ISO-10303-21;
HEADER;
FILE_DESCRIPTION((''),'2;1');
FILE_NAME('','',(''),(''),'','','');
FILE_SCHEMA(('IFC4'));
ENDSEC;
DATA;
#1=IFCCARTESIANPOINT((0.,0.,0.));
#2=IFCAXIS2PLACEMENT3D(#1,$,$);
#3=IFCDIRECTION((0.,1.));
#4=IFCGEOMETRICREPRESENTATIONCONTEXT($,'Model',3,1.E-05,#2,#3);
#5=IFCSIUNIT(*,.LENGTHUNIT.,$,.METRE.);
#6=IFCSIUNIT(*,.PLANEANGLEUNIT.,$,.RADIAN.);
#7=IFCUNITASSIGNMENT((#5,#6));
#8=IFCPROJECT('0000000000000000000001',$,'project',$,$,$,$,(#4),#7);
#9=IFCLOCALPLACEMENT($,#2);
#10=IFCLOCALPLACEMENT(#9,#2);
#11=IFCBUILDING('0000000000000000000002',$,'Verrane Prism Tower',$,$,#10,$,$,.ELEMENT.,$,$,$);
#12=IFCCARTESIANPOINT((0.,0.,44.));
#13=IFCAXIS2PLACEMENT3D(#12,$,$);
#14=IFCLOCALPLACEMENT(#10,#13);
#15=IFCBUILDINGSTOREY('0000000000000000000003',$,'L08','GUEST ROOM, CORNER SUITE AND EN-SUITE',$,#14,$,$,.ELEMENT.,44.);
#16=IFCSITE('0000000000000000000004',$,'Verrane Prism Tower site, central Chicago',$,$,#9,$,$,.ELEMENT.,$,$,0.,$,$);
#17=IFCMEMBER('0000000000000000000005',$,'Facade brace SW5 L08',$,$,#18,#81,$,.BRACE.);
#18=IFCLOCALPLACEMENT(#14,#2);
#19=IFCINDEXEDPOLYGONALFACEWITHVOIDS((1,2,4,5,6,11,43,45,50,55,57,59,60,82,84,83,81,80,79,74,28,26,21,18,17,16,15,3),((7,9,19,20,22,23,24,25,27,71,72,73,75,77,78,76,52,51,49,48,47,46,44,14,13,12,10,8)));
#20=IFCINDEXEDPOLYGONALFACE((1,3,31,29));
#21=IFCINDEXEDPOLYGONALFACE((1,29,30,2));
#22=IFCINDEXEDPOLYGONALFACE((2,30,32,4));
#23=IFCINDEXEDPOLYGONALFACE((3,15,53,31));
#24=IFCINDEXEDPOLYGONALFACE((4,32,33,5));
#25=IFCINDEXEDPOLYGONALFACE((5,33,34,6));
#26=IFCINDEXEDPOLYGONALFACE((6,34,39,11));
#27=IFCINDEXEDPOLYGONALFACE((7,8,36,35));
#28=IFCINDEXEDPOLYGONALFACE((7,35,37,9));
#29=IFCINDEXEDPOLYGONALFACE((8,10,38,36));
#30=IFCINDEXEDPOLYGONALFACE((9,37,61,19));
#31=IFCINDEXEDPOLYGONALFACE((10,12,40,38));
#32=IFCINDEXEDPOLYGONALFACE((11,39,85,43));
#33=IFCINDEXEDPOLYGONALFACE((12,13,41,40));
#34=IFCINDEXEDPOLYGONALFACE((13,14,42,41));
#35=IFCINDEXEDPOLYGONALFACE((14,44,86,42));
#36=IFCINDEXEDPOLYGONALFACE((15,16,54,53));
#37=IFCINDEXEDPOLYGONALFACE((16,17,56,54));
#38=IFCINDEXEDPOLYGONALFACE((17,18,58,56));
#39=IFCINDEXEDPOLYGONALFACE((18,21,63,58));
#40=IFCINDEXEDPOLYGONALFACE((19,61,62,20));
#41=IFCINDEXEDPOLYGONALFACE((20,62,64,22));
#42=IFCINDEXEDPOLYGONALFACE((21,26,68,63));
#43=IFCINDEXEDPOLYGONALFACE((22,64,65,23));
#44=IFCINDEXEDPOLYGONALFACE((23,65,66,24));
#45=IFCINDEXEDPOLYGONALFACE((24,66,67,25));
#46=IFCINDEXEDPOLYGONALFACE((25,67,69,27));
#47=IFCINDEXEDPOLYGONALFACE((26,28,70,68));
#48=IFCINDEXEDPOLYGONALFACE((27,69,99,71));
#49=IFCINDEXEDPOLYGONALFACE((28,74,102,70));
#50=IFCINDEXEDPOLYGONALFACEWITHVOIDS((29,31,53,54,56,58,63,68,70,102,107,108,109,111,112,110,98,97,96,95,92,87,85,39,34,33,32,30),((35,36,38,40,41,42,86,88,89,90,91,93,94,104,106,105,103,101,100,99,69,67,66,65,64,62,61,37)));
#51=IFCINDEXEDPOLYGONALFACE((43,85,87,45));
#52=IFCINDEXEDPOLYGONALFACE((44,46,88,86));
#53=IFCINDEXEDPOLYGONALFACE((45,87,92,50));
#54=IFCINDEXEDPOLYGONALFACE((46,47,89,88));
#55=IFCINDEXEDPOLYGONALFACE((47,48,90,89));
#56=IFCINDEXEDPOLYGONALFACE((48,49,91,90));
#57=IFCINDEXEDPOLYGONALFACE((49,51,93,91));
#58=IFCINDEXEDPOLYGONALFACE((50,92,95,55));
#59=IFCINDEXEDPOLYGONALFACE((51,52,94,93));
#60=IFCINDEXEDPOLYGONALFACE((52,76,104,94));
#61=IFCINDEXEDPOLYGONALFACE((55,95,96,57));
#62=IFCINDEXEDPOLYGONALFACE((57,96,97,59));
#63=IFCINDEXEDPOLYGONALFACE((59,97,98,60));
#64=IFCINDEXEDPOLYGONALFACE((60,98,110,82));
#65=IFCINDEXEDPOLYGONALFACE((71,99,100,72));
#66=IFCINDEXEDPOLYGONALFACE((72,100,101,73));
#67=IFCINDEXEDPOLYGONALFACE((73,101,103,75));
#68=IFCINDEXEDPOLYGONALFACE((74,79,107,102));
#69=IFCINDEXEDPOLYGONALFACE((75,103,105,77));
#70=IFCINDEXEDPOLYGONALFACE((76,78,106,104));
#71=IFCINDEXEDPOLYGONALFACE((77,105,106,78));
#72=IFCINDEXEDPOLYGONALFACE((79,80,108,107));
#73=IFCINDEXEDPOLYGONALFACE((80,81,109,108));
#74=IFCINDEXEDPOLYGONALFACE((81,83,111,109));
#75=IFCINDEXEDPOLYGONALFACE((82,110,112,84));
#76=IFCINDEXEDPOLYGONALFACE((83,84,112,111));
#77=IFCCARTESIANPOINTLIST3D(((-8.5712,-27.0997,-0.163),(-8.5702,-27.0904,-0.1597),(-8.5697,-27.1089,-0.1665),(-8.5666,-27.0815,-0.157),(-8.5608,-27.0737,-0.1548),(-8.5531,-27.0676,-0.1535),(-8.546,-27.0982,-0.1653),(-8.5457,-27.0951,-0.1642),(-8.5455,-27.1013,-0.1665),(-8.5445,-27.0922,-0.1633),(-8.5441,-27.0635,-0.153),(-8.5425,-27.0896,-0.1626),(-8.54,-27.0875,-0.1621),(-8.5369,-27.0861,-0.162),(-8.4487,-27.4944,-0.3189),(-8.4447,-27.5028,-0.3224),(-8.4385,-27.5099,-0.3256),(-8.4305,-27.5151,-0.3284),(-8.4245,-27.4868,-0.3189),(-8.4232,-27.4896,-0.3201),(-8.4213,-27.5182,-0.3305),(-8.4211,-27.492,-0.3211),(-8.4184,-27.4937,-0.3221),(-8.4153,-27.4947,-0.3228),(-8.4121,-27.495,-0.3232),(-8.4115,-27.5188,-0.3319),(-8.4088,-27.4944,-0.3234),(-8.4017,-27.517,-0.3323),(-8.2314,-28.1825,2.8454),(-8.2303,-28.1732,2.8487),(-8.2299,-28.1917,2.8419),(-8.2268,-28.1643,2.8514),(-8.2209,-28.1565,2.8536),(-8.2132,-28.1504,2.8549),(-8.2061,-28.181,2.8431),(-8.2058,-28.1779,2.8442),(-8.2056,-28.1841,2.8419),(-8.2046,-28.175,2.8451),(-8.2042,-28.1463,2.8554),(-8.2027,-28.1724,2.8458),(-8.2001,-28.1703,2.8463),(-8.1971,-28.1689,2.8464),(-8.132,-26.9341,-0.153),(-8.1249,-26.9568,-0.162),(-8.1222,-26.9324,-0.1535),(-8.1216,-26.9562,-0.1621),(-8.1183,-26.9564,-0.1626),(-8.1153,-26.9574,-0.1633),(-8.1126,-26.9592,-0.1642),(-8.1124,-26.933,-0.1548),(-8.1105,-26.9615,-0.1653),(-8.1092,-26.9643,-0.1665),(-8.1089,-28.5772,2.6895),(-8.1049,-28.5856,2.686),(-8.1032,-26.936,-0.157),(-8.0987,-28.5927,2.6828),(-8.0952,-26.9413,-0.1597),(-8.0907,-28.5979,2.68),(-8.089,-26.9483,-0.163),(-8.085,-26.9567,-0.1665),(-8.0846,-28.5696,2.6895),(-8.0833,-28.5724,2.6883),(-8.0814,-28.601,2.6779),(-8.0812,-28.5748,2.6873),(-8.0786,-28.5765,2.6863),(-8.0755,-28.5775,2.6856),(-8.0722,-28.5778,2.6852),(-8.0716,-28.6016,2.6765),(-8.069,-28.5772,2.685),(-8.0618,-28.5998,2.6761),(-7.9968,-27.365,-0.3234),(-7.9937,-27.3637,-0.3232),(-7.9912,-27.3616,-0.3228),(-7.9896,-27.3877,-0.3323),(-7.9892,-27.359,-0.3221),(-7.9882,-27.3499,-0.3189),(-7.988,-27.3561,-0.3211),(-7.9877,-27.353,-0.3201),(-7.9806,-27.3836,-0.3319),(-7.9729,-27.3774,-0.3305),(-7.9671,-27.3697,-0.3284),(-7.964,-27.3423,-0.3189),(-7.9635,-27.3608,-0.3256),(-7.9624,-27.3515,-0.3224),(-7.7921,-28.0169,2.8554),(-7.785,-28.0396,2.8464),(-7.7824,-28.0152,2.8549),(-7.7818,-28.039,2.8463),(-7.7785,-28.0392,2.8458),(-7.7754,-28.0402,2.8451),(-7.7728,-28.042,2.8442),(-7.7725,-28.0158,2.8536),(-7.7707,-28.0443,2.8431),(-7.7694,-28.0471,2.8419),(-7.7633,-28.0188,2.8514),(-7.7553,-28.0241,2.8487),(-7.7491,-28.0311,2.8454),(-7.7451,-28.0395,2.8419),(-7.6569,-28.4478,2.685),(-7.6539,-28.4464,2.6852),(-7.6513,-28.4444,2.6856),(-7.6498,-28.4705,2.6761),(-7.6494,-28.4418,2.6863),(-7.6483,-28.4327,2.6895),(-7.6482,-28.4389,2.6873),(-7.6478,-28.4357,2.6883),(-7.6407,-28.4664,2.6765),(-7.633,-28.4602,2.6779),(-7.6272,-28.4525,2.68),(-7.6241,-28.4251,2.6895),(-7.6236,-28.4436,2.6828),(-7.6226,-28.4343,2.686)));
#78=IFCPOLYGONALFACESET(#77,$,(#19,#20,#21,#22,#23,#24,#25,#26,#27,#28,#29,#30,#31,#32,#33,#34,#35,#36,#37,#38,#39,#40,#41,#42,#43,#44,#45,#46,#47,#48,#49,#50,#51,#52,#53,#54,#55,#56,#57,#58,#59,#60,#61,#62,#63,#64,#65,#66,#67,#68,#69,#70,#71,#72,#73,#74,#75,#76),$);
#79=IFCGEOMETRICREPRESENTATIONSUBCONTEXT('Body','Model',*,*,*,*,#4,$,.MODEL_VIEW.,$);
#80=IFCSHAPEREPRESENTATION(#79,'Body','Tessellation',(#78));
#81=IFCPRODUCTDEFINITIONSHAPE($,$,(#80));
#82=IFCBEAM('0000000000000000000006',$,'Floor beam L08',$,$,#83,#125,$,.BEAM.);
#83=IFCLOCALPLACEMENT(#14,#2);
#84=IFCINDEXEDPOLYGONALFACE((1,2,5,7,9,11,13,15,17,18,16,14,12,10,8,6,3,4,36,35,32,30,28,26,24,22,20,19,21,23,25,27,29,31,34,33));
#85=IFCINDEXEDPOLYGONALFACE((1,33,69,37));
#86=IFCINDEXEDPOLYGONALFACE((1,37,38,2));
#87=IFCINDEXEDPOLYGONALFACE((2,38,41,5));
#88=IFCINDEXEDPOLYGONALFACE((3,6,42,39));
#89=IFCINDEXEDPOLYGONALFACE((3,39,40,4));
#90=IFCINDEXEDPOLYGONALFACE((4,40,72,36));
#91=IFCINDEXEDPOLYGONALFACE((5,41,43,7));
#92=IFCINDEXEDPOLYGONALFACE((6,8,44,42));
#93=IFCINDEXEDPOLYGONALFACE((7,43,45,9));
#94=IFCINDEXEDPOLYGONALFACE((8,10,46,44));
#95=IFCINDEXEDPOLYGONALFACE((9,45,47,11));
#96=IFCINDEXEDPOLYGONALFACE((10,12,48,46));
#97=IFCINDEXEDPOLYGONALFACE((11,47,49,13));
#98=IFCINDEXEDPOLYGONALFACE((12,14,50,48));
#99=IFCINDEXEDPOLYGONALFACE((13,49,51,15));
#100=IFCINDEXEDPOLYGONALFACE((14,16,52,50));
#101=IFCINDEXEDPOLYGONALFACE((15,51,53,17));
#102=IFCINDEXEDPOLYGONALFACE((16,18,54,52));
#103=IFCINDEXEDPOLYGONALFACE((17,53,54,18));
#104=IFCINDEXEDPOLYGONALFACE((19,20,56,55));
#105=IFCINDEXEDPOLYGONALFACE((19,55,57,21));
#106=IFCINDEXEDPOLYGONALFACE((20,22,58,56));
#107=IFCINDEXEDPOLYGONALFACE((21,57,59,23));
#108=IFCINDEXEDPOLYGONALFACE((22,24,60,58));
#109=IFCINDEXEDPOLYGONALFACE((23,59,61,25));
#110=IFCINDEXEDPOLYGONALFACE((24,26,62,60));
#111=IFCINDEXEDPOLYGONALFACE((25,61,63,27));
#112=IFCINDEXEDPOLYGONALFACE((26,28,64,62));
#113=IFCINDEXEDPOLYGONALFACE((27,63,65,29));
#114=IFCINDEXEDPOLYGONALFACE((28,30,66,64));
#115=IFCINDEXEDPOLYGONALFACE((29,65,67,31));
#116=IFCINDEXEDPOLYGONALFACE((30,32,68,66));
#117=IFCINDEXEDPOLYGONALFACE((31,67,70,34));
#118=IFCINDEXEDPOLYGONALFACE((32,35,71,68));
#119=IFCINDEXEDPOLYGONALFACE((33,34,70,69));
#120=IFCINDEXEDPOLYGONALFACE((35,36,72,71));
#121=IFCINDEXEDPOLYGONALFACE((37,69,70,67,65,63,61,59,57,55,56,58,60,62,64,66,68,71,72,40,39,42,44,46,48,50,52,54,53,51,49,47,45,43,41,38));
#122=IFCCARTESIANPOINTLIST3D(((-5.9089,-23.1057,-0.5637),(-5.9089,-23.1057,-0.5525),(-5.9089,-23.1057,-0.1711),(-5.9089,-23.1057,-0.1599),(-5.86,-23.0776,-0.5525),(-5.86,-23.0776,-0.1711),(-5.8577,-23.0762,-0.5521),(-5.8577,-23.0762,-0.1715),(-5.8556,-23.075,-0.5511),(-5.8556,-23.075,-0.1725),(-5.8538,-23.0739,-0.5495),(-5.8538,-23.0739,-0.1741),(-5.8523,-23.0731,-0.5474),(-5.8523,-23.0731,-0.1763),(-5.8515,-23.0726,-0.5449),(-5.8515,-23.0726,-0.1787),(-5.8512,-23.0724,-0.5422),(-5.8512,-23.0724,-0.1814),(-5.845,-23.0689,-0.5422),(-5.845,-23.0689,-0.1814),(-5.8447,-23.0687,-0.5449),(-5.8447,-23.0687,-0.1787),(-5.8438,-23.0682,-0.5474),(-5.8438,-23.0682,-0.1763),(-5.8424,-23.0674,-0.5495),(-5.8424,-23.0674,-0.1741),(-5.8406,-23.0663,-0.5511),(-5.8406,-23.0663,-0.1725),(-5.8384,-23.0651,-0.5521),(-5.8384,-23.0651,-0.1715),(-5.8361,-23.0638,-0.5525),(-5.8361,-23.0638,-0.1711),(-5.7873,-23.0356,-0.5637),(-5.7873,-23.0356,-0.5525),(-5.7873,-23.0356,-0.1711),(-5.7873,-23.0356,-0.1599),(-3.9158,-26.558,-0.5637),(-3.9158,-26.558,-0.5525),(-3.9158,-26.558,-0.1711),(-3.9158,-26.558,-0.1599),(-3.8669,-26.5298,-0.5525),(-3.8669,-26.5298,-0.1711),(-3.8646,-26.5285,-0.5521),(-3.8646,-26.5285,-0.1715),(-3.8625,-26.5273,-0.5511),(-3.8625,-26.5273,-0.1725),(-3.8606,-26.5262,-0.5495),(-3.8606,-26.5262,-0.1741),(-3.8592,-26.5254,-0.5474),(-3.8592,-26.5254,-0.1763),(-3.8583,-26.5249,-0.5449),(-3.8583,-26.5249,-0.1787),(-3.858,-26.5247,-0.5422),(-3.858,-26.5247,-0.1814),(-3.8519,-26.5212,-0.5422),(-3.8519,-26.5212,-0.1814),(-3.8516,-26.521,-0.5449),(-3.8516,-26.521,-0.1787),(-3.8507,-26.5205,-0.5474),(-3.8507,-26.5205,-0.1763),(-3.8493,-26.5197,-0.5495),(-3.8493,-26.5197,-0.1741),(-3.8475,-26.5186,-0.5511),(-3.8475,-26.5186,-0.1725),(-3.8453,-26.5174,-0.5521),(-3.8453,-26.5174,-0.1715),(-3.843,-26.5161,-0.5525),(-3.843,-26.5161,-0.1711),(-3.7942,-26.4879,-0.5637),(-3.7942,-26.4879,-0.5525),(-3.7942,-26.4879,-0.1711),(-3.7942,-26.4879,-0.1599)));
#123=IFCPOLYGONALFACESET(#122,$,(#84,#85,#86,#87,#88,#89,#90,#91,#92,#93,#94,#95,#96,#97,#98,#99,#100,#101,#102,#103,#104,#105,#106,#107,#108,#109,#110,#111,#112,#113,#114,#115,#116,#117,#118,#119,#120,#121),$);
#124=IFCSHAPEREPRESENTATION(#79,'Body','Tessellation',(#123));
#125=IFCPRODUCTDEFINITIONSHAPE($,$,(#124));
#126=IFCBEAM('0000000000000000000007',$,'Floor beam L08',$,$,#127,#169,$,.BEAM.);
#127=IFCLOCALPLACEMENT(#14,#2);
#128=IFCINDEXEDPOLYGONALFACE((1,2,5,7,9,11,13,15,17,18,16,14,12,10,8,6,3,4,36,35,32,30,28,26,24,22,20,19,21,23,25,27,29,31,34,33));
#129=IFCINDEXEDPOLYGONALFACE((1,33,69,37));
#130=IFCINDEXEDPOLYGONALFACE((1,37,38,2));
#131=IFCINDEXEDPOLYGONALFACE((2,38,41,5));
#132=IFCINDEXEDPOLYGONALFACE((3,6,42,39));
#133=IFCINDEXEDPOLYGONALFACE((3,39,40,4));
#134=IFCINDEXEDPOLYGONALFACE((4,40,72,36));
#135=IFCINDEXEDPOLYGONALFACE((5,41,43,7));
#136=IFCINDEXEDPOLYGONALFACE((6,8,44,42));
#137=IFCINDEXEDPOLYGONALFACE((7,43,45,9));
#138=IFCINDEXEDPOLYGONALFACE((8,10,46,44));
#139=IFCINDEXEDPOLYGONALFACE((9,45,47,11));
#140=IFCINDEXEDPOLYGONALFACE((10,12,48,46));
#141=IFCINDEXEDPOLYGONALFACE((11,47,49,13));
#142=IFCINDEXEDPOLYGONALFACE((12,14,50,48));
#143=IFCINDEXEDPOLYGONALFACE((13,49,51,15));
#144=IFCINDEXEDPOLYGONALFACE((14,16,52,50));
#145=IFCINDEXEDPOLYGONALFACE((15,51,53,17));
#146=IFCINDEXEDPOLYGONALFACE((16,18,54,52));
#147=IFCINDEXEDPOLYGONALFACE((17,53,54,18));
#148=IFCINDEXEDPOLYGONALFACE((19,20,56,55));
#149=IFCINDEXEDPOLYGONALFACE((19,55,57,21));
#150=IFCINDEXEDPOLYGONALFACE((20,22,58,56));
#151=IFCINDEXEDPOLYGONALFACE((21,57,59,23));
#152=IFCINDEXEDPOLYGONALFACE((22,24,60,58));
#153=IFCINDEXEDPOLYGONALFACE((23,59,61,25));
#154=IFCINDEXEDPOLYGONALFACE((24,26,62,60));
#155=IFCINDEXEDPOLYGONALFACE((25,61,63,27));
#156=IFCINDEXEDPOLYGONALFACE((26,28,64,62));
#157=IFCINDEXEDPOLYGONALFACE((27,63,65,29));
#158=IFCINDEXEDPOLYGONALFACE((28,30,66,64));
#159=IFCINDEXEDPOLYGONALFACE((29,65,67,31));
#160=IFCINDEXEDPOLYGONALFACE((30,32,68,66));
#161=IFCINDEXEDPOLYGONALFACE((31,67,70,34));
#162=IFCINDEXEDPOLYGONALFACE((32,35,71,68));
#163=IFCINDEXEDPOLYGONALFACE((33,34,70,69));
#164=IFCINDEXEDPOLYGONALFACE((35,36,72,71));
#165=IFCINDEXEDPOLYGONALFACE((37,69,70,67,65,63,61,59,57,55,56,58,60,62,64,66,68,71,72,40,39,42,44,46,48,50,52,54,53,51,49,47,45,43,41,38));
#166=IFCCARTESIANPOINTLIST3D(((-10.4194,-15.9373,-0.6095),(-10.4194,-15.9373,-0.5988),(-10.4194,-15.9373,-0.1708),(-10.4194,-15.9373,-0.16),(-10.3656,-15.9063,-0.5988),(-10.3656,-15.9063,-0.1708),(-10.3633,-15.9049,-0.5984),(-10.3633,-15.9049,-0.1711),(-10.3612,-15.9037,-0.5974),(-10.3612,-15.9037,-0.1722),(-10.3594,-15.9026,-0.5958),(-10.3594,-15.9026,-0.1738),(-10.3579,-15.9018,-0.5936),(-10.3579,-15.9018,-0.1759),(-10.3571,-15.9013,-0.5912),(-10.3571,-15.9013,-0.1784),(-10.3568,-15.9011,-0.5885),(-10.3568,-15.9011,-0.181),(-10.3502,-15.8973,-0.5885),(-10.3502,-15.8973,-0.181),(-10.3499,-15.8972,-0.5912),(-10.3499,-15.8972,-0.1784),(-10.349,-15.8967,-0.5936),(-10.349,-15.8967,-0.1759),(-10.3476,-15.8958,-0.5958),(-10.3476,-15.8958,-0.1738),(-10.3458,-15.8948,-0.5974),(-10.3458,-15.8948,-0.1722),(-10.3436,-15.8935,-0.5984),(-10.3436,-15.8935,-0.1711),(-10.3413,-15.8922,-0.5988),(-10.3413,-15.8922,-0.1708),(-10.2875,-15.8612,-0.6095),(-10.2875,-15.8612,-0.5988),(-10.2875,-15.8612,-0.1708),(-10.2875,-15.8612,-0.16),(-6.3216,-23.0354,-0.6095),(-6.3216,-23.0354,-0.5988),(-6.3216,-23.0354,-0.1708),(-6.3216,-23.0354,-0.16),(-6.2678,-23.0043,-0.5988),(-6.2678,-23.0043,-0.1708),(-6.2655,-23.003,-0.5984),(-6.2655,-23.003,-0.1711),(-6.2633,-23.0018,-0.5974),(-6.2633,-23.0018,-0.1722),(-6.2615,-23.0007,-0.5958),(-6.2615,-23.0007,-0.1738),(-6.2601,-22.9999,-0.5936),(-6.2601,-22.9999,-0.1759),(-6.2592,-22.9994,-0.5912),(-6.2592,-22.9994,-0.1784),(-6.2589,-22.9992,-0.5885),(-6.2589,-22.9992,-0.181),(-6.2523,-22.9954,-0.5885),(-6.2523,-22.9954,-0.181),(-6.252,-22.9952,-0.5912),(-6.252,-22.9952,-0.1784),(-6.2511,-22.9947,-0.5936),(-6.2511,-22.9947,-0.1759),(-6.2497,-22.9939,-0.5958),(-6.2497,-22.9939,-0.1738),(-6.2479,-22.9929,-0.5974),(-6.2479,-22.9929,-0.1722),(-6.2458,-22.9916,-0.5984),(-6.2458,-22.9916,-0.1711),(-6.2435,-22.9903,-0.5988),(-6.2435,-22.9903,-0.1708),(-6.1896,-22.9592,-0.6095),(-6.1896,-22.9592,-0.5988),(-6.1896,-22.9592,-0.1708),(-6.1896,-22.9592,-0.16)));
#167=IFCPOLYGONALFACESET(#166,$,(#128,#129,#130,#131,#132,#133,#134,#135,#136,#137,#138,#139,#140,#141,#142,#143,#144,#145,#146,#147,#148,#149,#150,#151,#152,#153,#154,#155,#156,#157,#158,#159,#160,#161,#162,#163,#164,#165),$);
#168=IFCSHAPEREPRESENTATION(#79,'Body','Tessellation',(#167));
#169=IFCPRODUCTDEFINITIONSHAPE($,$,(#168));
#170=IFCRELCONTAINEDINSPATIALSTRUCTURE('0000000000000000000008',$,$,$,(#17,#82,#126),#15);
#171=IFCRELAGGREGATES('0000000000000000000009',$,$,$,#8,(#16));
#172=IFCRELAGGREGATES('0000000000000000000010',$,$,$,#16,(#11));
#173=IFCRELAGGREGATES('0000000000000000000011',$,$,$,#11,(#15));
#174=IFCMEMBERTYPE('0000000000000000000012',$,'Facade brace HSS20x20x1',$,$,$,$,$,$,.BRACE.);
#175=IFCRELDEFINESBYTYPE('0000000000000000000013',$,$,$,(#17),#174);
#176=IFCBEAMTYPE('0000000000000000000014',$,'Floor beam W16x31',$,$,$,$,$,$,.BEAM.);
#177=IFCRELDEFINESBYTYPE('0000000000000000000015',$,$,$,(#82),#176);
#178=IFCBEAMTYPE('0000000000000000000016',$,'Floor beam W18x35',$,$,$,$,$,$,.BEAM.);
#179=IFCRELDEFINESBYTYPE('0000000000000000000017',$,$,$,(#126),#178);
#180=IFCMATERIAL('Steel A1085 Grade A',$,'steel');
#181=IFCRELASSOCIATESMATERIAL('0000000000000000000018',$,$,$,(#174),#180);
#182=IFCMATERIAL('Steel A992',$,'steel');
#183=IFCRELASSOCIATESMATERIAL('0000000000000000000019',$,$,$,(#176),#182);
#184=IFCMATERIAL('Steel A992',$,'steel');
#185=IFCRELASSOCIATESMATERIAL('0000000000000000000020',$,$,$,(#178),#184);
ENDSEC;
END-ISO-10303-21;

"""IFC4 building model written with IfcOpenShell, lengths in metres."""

from ifc_helpers import new_model, si_unit, direction, frame, origin, origin_2d, place, context, subcontext, project, spatial, hollow_rectangle, i_section, extrude, material, material_profile, profile_set, type_object, element, save


model = new_model("IFC4")

# Units and contexts
model_context = context("Model", 3, precision=1e-05, world=origin(), true_north=direction((0.0, 1.0)))
body_context = subcontext(model_context, "Body", "Model", "MODEL_VIEW")
ifc_project = project(units=[si_unit("LENGTHUNIT", "METRE"), si_unit("PLANEANGLEUNIT", "RADIAN")], contexts=[model_context])

# Site, building, storey
site_placement = place(None, origin())
site = spatial("IfcSite", under=ifc_project, at=site_placement, Name="Verrane Prism Tower site, central Chicago", CompositionType="ELEMENT", RefElevation=0.0)
building_placement = place(site_placement, origin())
building = spatial("IfcBuilding", under=site, at=building_placement, Name="Verrane Prism Tower", CompositionType="ELEMENT")
storey_placement = place(building_placement, frame((0.0, 0.0, 44.0)))
storey = spatial("IfcBuildingStorey", under=building, at=storey_placement, Name="L08", Description="GUEST ROOM, CORNER SUITE AND EN-SUITE", CompositionType="ELEMENT", Elevation=44.0)

# Member
ifc_material_1 = material(Name="Steel A1085 Grade A", Category="steel")
ifc_material_profile_1 = material_profile(ifc_material_1, hollow_rectangle(XDim=0.5081, YDim=0.5081, WallThickness=0.0254, InnerFilletRadius=0.0127, OuterFilletRadius=0.0381, at=origin_2d()), Name="HSS20x20x1")
ifc_profile_set_1 = profile_set([ifc_material_profile_1], Name="Steel A1085 Grade A")
member_type_1 = type_object("IfcMemberType", Name="Facade brace HSS20x20x1", PredefinedType="BRACE", material=ifc_profile_set_1)
member_1_placement = place(storey_placement, frame((-8.2668, -27.2256, -0.2427), z_axis=(0.105698, -0.33676, 0.935639), x_axis=(0.954108, 0.299463, 0.0)))
element("IfcMember", 1, at=member_1_placement, inside=storey, type_object=member_type_1, Name="Facade brace SW5 L08", PredefinedType="BRACE", context=body_context, shape_type="SweptSolid", body=[
    extrude(hollow_rectangle(XDim=0.5081, YDim=0.5081, WallThickness=0.0254, InnerFilletRadius=0.0127, OuterFilletRadius=0.0381, at=origin_2d()), origin(), (0.0, 0.0, 1.0), 3.2153),
])

# Beams
ifc_material_2 = material(Name="Steel A992", Category="steel")
ifc_material_profile_2 = material_profile(ifc_material_2, i_section(OverallWidth=0.1404, OverallDepth=0.4038, WebThickness=0.0071, FlangeThickness=0.0112, FilletRadius=0.0103, at=origin_2d()), Name="W16x31")
ifc_profile_set_2 = profile_set([ifc_material_profile_2], Name="Steel A992")
beam_type_1 = type_object("IfcBeamType", Name="Floor beam W16x31", PredefinedType="BEAM", material=ifc_profile_set_2)
beam_1_placement = place(storey_placement, frame((-3.855, -26.5229, -0.3618), z_axis=(-0.499986, 0.866034, 0.0), x_axis=(-0.866034, -0.499986, 0.0)))
element("IfcBeam", 2, at=beam_1_placement, inside=storey, type_object=beam_type_1, Name="Floor beam L08", PredefinedType="BEAM", context=body_context, shape_type="SweptSolid", body=[
    extrude(i_section(OverallWidth=0.1404, OverallDepth=0.4038, WebThickness=0.0071, FlangeThickness=0.0112, FilletRadius=0.0103, at=origin_2d()), origin(), (0.0, 0.0, 1.0), 3.9863),
])
ifc_material_3 = material(Name="Steel A992", Category="steel")
ifc_material_profile_3 = material_profile(ifc_material_3, i_section(OverallWidth=0.1523, OverallDepth=0.4495, WebThickness=0.0076, FlangeThickness=0.0107, FilletRadius=0.0103, at=origin_2d()), Name="W18x35")
ifc_profile_set_3 = profile_set([ifc_material_profile_3], Name="Steel A992")
beam_type_2 = type_object("IfcBeamType", Name="Floor beam W18x35", PredefinedType="BEAM", material=ifc_profile_set_3)
beam_2_placement = place(storey_placement, frame((-6.2556, -22.9973, -0.3848), z_axis=(-0.49998, 0.866037, 0.0), x_axis=(-0.866037, -0.49998, 0.0)))
element("IfcBeam", 3, at=beam_2_placement, inside=storey, type_object=beam_type_2, Name="Floor beam L08", PredefinedType="BEAM", context=body_context, shape_type="SweptSolid", body=[
    extrude(i_section(OverallWidth=0.1523, OverallDepth=0.4495, WebThickness=0.0076, FlangeThickness=0.0107, FilletRadius=0.0103, at=origin_2d()), origin(), (0.0, 0.0, 1.0), 8.196),
])

save(model, "model.ifc")
